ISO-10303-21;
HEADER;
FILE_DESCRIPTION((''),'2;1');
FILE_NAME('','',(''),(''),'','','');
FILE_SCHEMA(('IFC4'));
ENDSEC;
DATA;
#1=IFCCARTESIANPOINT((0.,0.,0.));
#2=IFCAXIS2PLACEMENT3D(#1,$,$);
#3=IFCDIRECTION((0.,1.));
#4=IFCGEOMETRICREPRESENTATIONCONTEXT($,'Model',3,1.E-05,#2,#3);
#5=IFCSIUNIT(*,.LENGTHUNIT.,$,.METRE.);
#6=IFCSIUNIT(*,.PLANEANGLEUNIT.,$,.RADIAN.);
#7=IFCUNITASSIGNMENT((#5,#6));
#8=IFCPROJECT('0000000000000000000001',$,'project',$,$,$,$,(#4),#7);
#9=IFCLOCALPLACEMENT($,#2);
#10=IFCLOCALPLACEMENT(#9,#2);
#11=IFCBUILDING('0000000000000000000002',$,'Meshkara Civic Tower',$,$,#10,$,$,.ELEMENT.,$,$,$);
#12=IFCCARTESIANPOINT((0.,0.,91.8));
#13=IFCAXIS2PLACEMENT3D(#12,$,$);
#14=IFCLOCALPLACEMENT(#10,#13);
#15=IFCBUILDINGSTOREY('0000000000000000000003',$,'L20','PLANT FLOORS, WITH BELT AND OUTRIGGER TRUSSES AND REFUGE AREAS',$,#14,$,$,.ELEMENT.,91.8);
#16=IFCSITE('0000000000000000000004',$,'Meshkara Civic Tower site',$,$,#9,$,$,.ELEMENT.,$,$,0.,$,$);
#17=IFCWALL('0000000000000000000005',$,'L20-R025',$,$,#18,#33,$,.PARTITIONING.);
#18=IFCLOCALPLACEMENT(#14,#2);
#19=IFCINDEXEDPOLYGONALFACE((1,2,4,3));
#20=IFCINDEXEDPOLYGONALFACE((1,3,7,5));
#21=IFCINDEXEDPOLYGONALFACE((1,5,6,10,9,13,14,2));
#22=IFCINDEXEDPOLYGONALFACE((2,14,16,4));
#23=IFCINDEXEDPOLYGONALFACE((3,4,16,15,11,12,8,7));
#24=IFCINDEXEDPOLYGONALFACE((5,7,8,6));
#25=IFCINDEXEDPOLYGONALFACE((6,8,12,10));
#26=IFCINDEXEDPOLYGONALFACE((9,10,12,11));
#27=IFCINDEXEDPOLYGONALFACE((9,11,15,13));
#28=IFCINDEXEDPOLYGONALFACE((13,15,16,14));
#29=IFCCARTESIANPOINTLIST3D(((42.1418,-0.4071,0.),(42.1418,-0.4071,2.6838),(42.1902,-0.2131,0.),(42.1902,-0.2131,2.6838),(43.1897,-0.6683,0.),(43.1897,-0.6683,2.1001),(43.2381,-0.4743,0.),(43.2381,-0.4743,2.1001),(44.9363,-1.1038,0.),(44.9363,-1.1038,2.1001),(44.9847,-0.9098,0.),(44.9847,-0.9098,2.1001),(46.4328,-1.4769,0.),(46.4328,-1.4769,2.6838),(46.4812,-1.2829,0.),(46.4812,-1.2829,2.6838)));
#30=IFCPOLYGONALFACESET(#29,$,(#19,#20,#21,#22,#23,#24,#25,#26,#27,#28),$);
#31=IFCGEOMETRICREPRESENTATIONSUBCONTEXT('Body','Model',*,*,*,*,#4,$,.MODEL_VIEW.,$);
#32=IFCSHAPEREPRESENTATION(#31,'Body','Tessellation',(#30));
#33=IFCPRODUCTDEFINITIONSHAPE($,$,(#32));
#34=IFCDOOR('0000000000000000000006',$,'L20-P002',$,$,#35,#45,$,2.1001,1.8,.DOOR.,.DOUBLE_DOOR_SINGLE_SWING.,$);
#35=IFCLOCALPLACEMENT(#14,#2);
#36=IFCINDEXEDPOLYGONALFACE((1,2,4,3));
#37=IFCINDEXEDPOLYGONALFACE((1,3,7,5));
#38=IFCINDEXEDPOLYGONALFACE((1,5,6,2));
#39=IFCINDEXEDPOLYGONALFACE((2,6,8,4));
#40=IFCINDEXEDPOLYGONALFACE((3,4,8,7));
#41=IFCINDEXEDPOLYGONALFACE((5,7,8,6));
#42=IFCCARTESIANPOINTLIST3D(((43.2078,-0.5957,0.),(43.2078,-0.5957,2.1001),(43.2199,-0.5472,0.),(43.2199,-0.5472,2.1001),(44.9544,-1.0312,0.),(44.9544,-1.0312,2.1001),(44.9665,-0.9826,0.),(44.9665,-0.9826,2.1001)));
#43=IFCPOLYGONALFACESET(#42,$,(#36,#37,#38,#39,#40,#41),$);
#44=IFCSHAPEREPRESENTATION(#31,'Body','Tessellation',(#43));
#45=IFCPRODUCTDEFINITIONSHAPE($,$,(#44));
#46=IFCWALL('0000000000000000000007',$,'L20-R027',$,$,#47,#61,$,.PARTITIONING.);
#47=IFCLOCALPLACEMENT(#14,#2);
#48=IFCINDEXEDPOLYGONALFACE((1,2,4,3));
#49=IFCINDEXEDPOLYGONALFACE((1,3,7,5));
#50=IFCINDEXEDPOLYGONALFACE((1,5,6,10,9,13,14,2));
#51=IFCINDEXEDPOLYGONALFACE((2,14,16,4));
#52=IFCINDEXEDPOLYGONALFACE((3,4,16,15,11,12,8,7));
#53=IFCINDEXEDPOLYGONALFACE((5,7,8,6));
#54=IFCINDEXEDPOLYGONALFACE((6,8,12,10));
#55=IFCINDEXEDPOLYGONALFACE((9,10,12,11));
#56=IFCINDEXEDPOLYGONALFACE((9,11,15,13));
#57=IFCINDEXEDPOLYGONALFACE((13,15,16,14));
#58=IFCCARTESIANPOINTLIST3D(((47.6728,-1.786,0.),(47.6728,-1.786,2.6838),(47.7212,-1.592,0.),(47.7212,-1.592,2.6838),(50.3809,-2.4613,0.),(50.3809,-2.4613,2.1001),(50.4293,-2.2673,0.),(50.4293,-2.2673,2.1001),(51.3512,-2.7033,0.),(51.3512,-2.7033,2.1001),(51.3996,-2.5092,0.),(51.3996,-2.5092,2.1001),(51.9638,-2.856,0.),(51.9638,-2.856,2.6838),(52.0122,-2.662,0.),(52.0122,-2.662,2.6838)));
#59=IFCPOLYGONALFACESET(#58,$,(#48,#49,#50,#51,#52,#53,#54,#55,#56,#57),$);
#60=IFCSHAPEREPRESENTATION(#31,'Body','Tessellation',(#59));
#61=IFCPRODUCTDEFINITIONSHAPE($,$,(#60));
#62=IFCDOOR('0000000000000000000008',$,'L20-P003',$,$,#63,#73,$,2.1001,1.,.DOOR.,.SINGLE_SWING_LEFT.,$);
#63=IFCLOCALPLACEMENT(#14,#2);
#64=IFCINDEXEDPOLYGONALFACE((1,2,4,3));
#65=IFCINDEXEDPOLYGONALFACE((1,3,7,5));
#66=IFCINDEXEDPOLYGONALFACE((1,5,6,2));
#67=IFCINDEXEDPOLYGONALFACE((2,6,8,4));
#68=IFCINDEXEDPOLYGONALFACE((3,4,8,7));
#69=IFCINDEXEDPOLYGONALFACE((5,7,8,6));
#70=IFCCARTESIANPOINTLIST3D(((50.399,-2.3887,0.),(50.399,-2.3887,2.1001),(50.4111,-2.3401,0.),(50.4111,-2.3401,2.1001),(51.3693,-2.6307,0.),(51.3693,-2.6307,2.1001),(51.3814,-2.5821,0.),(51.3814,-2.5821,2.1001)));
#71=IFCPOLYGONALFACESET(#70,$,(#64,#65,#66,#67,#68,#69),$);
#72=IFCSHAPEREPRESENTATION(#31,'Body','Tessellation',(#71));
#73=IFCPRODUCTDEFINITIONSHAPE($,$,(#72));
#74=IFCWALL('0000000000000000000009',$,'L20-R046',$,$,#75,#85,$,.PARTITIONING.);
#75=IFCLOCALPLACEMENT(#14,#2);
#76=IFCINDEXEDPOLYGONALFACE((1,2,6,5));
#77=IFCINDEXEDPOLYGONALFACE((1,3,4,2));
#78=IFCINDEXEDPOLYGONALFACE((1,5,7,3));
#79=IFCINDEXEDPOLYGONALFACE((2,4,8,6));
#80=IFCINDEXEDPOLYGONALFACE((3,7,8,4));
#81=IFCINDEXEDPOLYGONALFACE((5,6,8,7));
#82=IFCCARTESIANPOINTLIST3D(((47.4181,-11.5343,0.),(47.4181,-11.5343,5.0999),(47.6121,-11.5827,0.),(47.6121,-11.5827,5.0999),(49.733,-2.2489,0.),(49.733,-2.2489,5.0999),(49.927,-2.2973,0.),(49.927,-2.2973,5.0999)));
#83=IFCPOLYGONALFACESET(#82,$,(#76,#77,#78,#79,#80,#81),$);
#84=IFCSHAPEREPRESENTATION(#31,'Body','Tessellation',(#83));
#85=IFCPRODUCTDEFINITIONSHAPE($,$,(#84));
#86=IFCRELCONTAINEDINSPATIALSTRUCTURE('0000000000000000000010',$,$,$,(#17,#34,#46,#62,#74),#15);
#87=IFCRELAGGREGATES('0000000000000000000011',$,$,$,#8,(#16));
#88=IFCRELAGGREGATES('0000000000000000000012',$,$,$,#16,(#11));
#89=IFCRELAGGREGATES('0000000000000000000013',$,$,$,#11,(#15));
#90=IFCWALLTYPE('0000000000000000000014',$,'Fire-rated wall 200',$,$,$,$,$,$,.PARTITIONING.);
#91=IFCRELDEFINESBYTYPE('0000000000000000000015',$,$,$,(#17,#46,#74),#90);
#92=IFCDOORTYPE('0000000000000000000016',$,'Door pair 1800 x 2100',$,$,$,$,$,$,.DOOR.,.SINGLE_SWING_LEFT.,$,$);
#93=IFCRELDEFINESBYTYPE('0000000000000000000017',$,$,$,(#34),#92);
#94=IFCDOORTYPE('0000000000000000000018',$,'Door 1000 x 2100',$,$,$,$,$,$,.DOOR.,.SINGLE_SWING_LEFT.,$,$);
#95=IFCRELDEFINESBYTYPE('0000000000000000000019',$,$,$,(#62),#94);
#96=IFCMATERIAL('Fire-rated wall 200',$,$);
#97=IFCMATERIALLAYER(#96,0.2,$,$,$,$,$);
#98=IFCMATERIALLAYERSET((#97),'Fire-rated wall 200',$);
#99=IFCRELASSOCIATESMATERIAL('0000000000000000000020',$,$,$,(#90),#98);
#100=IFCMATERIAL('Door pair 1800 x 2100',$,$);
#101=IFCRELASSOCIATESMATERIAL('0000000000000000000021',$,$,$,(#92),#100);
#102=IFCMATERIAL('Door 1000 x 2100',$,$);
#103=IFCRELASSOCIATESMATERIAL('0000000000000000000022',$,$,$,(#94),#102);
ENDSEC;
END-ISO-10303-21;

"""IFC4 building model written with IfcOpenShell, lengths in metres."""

from ifc_helpers import new_model, si_unit, direction, frame, frame_2d, origin, place, context, subcontext, project, spatial, rectangle, extrude, material, layer, layer_set, type_object, element, fill, save


model = new_model("IFC4")

# Units and contexts
model_context = context("Model", 3, precision=1e-05, world=origin(), true_north=direction((0.0, 1.0)))
body_context = subcontext(model_context, "Body", "Model", "MODEL_VIEW")
ifc_project = project(units=[si_unit("LENGTHUNIT", "METRE"), si_unit("PLANEANGLEUNIT", "RADIAN")], contexts=[model_context])

# Site, building, storey
site_placement = place(None, origin())
site = spatial("IfcSite", under=ifc_project, at=site_placement, Name="Meshkara Civic Tower site", CompositionType="ELEMENT", RefElevation=0.0)
building_placement = place(site_placement, origin())
building = spatial("IfcBuilding", under=site, at=building_placement, Name="Meshkara Civic Tower", CompositionType="ELEMENT")
storey_placement = place(building_placement, frame((0.0, 0.0, 91.8)))
storey = spatial("IfcBuildingStorey", under=building, at=storey_placement, Name="L20", Description="PLANT FLOORS, WITH BELT AND OUTRIGGER TRUSSES AND REFUGE AREAS", CompositionType="ELEMENT", Elevation=91.8)

# Walls, openings, doors
ifc_material_1 = material(Name="Fire-rated wall 200")
ifc_layer_1 = layer(ifc_material_1, 0.2)
ifc_layer_set_1 = layer_set([ifc_layer_1], Name="Fire-rated wall 200")
wall_type_1 = type_object("IfcWallType", Name="Fire-rated wall 200", PredefinedType="PARTITIONING", material=ifc_layer_set_1)
wall_1_placement = place(storey_placement, frame((42.166, -0.3101, 0.0), z_axis=(0.0, 0.0, 1.0), x_axis=(0.970298, -0.241912, 0.0)))
wall_1 = element("IfcWall", 1, at=wall_1_placement, inside=storey, type_object=wall_type_1, Name="L20-R025", PredefinedType="PARTITIONING", context=body_context, shape_type="SweptSolid", body=[
    extrude(rectangle(XDim=4.4224, YDim=0.2, at=frame_2d((2.2112, 0.0))), origin(), (0.0, 0.0, 1.0), 2.6838),
])
opening_1_placement = place(wall_1_placement, frame((1.0801, 0.0, 0.0)))
opening_1 = element("IfcOpeningElement", 2, at=opening_1_placement, cuts=wall_1, PredefinedType="OPENING", context=body_context, shape_type="SweptSolid", body=[
    extrude(rectangle(XDim=1.8, YDim=2.1001, at=frame_2d((0.8999, 1.05))), frame((0.0, 0.1099, 0.0), z_axis=(0.0, -1.0, 0.0), x_axis=(1.0, 0.0, 0.0)), (0.0, 0.0, 1.0), 0.22),
])
ifc_material_2 = material(Name="Door pair 1800 x 2100")
door_type_1 = type_object("IfcDoorType", Name="Door pair 1800 x 2100", OperationType="SINGLE_SWING_LEFT", PredefinedType="DOOR", material=ifc_material_2)
door_1_placement = place(opening_1_placement, origin())
door_1 = element("IfcDoor", 3, at=door_1_placement, inside=storey, type_object=door_type_1, Name="L20-P002", OperationType="DOUBLE_DOOR_SINGLE_SWING", OverallHeight=2.1001, OverallWidth=1.8, PredefinedType="DOOR", context=body_context, shape_type="SweptSolid", body=[
    extrude(rectangle(XDim=1.8, YDim=2.1001, at=frame_2d((0.8999, 1.05))), frame((0.0, 0.0249, 0.0), z_axis=(0.0, -1.0, 0.0), x_axis=(1.0, 0.0, 0.0)), (0.0, 0.0, 1.0), 0.05),
])
fill(opening_1, door_1)
wall_2_placement = place(storey_placement, frame((47.697, -1.689, 0.0), z_axis=(0.0, 0.0, 1.0), x_axis=(0.970285, -0.241964, 0.0)))
wall_2 = element("IfcWall", 4, at=wall_2_placement, inside=storey, type_object=wall_type_1, Name="L20-R027", PredefinedType="PARTITIONING", context=body_context, shape_type="SweptSolid", body=[
    extrude(rectangle(XDim=4.4224, YDim=0.2, at=frame_2d((2.2112, 0.0))), origin(), (0.0, 0.0, 1.0), 2.6838),
])
opening_2_placement = place(wall_2_placement, frame((2.791, 0.0, 0.0)))
opening_2 = element("IfcOpeningElement", 5, at=opening_2_placement, cuts=wall_2, PredefinedType="OPENING", context=body_context, shape_type="SweptSolid", body=[
    extrude(rectangle(XDim=1.0, YDim=2.1001, at=frame_2d((0.5, 1.05))), frame((0.0, 0.1099, 0.0), z_axis=(0.0, -1.0, 0.0), x_axis=(1.0, 0.0, 0.0)), (0.0, 0.0, 1.0), 0.22),
])
ifc_material_3 = material(Name="Door 1000 x 2100")
door_type_2 = type_object("IfcDoorType", Name="Door 1000 x 2100", OperationType="SINGLE_SWING_LEFT", PredefinedType="DOOR", material=ifc_material_3)
door_2_placement = place(opening_2_placement, origin())
door_2 = element("IfcDoor", 6, at=door_2_placement, inside=storey, type_object=door_type_2, Name="L20-P003", OperationType="SINGLE_SWING_LEFT", OverallHeight=2.1001, OverallWidth=1.0, PredefinedType="DOOR", context=body_context, shape_type="SweptSolid", body=[
    extrude(rectangle(XDim=1.0, YDim=2.1001, at=frame_2d((0.5, 1.05))), frame((0.0, 0.0249, 0.0), z_axis=(0.0, -1.0, 0.0), x_axis=(1.0, 0.0, 0.0)), (0.0, 0.0, 1.0), 0.05),
])
fill(opening_2, door_2)

# Wall
wall_3_placement = place(storey_placement, frame((47.5151, -11.5583, 0.0), z_axis=(0.0, 0.0, 1.0), x_axis=(0.241905, 0.9703, 0.0)))
element("IfcWall", 7, at=wall_3_placement, inside=storey, type_object=wall_type_1, Name="L20-R046", PredefinedType="PARTITIONING", context=body_context, shape_type="SweptSolid", body=[
    extrude(rectangle(XDim=9.5696, YDim=0.2, at=frame_2d((4.7847, 0.0))), origin(), (0.0, 0.0, 1.0), 5.0999),
])

save(model, "model.ifc")
